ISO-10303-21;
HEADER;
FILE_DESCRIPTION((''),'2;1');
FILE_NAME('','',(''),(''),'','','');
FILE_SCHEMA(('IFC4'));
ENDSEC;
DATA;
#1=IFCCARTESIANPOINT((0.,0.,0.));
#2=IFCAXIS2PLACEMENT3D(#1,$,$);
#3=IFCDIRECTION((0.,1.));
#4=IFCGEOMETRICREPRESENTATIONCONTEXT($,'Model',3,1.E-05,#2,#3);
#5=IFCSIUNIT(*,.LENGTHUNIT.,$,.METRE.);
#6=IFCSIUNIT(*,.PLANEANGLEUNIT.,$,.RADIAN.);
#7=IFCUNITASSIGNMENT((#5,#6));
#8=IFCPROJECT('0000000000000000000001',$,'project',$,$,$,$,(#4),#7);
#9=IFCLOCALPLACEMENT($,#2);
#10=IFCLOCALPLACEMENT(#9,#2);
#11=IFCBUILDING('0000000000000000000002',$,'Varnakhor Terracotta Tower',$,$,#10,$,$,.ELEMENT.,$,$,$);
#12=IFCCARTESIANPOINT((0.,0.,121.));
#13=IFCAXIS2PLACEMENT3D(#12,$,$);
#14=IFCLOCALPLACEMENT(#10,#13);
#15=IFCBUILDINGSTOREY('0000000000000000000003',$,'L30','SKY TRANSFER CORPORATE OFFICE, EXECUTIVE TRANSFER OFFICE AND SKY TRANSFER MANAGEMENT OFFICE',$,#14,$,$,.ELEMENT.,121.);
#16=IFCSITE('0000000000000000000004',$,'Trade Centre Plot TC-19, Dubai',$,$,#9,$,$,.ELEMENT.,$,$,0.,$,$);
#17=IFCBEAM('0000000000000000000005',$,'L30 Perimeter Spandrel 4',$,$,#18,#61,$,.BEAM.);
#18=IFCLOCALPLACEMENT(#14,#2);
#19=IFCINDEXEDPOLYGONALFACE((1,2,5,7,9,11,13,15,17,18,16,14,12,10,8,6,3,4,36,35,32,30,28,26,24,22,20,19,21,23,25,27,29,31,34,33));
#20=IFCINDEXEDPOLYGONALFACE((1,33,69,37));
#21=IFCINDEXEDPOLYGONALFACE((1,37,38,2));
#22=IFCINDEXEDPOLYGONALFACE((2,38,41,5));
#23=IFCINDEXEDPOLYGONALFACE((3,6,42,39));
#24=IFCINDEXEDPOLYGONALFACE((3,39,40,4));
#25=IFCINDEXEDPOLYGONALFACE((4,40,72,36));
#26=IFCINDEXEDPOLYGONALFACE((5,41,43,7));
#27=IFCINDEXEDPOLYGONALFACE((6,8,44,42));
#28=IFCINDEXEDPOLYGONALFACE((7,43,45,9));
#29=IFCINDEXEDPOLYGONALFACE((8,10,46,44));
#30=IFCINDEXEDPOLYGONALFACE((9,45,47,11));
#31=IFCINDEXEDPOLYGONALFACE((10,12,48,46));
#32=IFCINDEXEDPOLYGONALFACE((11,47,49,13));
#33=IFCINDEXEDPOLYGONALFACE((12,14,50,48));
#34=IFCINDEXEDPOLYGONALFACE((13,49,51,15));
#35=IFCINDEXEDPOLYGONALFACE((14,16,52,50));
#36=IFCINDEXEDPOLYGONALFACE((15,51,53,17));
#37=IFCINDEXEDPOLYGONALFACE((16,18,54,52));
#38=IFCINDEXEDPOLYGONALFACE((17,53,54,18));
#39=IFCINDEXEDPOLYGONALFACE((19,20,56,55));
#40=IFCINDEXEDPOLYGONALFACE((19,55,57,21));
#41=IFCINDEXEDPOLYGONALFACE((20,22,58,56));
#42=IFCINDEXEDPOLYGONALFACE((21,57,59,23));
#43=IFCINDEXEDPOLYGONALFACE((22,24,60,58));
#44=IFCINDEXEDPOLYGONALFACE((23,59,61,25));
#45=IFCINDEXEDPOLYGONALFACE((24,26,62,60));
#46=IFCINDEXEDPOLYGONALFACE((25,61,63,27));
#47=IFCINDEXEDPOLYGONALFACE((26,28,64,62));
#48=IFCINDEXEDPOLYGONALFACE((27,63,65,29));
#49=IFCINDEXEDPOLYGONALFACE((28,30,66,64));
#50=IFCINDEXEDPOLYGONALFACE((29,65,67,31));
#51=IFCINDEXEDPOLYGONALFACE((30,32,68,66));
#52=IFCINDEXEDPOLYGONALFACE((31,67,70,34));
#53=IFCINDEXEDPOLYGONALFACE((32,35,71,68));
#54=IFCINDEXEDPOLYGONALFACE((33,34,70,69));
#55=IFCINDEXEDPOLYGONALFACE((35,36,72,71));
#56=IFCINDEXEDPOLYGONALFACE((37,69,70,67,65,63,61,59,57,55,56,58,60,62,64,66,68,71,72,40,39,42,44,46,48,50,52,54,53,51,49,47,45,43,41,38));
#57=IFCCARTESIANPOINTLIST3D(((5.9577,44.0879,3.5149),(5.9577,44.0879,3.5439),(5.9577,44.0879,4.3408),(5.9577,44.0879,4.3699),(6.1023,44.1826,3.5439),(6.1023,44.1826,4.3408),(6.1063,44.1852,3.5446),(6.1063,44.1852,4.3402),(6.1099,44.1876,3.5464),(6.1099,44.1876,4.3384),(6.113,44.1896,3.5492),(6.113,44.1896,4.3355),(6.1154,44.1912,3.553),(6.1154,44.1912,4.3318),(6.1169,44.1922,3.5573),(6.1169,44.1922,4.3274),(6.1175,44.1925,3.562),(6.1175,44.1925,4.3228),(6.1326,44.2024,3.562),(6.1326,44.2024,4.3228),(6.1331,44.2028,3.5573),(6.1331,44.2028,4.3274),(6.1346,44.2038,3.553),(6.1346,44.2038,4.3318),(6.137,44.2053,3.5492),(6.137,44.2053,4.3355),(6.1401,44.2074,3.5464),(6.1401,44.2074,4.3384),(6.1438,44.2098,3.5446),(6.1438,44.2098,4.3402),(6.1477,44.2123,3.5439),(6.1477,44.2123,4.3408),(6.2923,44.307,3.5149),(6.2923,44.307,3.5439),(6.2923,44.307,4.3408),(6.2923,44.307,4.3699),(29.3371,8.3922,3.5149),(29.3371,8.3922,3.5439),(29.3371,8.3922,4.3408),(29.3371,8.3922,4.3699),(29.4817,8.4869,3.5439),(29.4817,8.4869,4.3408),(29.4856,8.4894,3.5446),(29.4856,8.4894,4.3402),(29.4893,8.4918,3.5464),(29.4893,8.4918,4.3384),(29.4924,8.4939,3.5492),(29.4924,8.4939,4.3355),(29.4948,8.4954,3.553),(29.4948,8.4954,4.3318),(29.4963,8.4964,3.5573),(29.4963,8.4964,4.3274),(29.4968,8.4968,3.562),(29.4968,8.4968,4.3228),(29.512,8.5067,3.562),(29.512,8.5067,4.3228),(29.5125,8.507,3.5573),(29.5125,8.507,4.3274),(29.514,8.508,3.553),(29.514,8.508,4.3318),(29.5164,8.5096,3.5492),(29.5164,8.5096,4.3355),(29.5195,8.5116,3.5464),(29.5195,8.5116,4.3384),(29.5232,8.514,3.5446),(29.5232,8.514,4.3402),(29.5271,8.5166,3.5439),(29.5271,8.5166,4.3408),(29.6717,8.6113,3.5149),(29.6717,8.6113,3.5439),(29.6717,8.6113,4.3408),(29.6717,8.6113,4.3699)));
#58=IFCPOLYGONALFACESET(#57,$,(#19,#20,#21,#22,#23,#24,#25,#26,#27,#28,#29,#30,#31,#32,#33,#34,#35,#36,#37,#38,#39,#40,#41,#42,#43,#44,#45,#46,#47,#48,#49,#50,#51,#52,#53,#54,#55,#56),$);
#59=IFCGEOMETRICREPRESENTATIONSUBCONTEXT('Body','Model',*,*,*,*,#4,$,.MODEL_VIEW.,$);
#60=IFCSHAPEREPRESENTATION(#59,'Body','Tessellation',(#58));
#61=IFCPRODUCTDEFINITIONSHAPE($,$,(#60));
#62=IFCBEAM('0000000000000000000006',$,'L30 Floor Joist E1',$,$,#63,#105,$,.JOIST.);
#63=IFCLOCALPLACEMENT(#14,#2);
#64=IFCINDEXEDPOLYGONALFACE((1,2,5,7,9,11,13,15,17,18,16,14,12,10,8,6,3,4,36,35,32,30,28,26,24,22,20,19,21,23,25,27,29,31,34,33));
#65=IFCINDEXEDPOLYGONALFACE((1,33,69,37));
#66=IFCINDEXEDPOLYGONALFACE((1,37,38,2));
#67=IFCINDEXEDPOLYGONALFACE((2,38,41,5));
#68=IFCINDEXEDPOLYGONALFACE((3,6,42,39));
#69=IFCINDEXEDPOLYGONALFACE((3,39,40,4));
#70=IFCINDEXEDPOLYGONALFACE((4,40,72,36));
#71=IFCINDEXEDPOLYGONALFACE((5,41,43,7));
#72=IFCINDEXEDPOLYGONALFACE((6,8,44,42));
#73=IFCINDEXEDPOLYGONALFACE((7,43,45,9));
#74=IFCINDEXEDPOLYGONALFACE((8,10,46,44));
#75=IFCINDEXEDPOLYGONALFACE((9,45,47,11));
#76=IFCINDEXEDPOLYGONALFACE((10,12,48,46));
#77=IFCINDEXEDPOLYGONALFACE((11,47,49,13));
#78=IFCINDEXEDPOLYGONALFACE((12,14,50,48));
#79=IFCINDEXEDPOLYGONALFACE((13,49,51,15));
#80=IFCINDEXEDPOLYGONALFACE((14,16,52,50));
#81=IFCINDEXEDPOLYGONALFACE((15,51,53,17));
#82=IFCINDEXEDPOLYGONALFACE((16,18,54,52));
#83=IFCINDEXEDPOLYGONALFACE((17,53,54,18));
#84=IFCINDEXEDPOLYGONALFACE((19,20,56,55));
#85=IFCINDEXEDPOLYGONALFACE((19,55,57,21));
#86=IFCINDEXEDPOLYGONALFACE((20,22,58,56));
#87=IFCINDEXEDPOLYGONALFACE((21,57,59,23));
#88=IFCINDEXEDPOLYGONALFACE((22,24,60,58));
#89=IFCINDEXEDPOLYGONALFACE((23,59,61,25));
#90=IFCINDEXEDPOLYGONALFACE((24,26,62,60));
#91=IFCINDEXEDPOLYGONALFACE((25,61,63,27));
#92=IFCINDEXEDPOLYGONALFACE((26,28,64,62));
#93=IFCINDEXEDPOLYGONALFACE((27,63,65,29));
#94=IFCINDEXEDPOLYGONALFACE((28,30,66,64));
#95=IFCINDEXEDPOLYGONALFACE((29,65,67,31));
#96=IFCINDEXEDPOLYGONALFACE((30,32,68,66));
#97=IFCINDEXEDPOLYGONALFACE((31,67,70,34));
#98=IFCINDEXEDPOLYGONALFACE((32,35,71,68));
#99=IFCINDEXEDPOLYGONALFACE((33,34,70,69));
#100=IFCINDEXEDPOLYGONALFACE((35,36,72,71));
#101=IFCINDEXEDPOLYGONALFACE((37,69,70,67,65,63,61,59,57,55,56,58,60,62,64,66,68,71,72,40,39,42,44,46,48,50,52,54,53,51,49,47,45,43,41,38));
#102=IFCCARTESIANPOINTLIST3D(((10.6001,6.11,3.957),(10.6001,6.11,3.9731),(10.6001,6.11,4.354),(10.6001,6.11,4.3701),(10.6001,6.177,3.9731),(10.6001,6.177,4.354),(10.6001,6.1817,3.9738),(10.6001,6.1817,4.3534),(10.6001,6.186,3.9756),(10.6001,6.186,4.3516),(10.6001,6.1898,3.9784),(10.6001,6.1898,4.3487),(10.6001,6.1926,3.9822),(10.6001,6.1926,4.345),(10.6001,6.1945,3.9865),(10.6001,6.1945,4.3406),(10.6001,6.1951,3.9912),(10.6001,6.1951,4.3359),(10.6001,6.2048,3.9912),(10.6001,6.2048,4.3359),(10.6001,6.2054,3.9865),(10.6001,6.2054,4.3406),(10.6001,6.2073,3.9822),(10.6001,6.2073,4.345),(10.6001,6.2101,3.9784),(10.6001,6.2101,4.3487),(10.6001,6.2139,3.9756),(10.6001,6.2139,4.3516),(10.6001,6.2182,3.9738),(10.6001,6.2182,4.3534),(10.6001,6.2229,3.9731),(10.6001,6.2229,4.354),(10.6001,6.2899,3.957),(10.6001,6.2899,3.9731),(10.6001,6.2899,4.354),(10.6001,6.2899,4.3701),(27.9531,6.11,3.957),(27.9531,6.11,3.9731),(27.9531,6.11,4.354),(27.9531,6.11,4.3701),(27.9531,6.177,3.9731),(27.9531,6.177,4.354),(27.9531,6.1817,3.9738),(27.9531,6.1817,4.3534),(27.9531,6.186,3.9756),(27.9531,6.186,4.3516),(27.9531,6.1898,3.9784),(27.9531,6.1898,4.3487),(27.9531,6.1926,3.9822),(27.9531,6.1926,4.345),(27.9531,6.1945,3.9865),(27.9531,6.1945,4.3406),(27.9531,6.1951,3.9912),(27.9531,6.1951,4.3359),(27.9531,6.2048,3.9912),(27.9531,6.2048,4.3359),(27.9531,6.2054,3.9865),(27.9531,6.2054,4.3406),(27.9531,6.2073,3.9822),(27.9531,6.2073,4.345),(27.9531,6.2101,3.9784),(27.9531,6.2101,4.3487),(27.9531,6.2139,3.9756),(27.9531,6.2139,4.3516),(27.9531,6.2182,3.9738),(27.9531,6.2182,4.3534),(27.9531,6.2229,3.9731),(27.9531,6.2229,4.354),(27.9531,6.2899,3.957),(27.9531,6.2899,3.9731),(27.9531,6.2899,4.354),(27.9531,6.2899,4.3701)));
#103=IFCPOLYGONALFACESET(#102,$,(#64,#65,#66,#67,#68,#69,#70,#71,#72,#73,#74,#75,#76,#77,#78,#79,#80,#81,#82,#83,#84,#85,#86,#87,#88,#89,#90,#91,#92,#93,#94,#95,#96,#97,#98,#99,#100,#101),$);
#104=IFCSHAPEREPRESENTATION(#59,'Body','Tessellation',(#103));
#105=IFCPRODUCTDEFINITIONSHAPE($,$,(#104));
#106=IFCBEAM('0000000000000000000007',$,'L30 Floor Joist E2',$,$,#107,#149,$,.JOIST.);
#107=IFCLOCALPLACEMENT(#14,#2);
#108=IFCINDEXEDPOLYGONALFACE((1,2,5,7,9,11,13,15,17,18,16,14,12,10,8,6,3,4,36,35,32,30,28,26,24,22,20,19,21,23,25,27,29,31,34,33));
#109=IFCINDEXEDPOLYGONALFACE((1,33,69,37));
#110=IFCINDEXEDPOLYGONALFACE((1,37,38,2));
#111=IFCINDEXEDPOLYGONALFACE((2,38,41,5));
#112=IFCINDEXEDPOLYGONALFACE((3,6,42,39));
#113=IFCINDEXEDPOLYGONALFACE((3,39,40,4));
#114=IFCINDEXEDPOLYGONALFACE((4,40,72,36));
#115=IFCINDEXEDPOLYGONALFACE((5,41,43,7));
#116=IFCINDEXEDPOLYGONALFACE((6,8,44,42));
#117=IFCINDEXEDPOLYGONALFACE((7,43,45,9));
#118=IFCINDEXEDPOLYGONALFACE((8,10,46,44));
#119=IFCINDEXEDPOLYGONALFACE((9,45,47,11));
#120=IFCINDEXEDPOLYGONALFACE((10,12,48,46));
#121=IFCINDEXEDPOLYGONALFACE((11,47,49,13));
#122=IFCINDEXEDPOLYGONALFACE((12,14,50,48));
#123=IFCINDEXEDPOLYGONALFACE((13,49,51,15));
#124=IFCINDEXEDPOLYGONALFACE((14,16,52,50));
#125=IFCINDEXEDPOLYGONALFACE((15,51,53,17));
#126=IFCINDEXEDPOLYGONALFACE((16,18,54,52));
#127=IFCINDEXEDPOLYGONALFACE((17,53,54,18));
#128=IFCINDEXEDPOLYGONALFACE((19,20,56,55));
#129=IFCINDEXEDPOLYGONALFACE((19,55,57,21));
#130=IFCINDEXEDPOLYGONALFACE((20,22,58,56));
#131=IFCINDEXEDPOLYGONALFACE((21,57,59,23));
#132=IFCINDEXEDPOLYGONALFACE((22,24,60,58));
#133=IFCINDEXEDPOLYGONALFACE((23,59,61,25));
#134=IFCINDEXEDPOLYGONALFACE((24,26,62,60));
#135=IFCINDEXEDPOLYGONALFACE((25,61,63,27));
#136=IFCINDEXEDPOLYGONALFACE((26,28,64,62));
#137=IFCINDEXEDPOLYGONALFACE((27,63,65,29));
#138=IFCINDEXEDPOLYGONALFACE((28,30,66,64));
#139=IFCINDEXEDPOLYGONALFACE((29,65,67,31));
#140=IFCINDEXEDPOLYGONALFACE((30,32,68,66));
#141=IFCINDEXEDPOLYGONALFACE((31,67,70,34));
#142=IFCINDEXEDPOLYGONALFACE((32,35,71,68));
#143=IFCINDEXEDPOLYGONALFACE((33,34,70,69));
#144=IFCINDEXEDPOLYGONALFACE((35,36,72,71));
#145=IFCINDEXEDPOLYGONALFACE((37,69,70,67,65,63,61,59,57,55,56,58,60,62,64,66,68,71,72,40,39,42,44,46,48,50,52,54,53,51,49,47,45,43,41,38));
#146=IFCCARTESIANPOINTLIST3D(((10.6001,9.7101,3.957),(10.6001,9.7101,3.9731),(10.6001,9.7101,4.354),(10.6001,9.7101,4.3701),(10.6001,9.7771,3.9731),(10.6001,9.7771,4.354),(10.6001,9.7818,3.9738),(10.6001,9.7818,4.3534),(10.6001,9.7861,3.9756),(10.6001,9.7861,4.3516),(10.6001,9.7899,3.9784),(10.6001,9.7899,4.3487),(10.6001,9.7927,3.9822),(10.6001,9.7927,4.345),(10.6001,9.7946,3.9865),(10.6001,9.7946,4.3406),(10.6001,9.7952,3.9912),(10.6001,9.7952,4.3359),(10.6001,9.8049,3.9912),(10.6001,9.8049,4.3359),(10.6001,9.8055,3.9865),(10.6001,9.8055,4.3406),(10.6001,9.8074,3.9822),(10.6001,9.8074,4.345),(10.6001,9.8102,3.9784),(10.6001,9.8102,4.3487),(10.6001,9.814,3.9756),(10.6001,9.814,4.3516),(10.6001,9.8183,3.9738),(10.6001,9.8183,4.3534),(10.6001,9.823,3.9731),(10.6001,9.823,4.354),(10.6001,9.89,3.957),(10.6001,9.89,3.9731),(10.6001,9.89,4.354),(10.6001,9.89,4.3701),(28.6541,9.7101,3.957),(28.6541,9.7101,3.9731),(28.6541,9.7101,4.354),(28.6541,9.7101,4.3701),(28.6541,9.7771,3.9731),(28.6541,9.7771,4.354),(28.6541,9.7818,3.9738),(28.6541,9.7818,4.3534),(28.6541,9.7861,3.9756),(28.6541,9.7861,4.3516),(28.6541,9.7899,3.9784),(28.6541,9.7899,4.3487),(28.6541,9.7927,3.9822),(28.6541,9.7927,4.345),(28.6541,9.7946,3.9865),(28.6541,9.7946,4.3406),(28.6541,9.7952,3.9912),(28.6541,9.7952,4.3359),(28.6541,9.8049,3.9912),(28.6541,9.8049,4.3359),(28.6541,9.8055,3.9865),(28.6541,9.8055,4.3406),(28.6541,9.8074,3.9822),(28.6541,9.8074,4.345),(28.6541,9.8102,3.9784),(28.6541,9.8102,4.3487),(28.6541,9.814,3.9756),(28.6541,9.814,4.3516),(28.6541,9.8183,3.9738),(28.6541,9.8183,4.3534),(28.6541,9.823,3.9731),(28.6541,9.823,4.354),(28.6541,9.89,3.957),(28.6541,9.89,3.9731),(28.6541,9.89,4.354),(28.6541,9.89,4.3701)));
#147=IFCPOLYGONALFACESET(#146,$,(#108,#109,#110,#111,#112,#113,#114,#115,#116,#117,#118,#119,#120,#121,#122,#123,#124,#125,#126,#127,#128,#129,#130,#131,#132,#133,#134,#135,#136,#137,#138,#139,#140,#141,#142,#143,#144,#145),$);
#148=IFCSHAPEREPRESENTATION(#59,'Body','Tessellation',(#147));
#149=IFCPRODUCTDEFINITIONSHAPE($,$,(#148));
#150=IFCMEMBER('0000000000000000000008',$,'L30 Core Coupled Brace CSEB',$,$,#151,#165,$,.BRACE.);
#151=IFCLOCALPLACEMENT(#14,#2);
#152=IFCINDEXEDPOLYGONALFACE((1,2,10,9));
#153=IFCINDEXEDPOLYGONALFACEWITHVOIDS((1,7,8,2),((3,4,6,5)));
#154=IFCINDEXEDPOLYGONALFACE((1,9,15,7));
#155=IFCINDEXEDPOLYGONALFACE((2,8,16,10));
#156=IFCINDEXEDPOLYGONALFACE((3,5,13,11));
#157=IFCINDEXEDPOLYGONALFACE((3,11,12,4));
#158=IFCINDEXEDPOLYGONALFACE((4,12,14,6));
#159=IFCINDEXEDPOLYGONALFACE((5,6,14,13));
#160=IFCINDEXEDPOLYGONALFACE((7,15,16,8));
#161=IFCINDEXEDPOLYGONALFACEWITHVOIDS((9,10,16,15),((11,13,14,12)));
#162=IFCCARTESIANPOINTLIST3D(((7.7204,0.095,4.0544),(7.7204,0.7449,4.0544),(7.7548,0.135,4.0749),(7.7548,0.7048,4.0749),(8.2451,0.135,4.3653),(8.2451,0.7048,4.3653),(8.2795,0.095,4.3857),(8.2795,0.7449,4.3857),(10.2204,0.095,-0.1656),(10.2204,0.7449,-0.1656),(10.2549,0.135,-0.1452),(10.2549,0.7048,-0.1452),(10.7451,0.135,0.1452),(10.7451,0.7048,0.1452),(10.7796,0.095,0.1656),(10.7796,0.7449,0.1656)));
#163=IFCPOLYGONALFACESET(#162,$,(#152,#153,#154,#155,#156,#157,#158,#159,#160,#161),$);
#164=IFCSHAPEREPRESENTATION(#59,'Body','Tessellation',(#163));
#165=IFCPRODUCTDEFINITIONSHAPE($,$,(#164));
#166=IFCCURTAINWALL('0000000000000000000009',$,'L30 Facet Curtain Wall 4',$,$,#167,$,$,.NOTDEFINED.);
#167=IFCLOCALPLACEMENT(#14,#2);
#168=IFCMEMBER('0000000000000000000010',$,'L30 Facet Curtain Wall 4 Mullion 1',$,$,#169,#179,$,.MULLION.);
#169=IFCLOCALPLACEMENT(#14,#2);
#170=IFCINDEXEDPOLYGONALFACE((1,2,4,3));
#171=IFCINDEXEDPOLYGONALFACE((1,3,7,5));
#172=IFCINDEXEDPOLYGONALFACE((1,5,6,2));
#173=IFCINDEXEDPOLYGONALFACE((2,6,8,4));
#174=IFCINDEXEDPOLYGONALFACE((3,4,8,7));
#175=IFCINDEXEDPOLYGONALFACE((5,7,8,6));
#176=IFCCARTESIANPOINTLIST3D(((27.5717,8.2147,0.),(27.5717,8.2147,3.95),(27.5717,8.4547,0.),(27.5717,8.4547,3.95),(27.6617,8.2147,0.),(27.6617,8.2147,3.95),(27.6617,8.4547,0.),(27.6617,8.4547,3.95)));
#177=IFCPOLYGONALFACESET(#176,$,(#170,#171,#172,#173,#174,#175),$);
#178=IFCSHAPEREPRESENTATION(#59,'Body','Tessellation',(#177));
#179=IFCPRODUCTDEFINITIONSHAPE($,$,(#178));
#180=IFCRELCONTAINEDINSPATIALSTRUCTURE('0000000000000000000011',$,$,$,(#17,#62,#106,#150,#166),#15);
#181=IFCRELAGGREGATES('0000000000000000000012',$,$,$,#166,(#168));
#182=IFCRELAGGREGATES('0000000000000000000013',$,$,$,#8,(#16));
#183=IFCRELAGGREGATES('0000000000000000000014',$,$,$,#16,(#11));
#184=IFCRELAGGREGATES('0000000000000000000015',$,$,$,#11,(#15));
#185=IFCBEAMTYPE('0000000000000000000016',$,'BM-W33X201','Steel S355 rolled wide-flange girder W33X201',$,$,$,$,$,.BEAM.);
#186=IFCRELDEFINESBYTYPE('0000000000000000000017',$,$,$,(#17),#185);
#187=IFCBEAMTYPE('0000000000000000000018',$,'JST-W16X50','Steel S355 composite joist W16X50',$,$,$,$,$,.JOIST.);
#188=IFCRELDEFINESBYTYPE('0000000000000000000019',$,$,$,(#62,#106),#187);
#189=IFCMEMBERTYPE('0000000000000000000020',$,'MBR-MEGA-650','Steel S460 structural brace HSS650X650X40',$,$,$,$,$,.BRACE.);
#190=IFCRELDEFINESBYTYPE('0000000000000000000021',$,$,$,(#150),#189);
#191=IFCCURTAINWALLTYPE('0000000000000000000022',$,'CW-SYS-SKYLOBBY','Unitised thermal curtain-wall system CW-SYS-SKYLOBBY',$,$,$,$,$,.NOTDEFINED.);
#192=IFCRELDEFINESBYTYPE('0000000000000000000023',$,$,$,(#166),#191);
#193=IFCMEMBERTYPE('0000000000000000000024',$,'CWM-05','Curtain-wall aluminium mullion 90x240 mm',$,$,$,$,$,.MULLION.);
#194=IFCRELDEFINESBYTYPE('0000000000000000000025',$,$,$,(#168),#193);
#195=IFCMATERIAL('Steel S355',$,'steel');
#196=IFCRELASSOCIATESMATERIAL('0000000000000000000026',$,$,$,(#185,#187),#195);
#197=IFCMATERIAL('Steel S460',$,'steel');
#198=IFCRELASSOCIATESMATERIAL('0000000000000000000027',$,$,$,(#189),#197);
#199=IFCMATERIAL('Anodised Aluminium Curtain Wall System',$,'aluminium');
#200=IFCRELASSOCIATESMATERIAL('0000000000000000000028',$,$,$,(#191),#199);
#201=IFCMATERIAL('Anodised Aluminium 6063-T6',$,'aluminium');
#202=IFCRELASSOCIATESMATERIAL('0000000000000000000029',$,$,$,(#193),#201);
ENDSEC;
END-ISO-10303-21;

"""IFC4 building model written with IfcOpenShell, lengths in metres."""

from ifc_helpers import new_model, si_unit, direction, frame, origin, origin_2d, place, context, subcontext, project, spatial, rectangle, hollow_rectangle, i_section, extrude, source, transform, mapped, material, material_profile, profile_set, type_object, type_shapes, element, aggregate, save


model = new_model("IFC4")

# Units and contexts
model_context = context("Model", 3, precision=1e-05, world=origin(), true_north=direction((0.0, 1.0)))
body_context = subcontext(model_context, "Body", "Model", "MODEL_VIEW")
ifc_project = project(units=[si_unit("LENGTHUNIT", "METRE"), si_unit("PLANEANGLEUNIT", "RADIAN")], contexts=[model_context])

# Site, building, storey
site_placement = place(None, origin())
site = spatial("IfcSite", under=ifc_project, at=site_placement, Name="Trade Centre Plot TC-19, Dubai", CompositionType="ELEMENT", RefElevation=0.0)
building_placement = place(site_placement, origin())
building = spatial("IfcBuilding", under=site, at=building_placement, Name="Varnakhor Terracotta Tower", CompositionType="ELEMENT")
storey_placement = place(building_placement, frame((0.0, 0.0, 121.0)))
storey = spatial("IfcBuildingStorey", under=building, at=storey_placement, Name="L30", Description="SKY TRANSFER CORPORATE OFFICE, EXECUTIVE TRANSFER OFFICE AND SKY TRANSFER MANAGEMENT OFFICE", CompositionType="ELEMENT", Elevation=121.0)

# Shared definitions
ifc_material_1 = material(Name="Steel S460", Category="steel")

# Beams
ifc_material_2 = material(Name="Steel S355", Category="steel")
ifc_material_profile_1 = material_profile(ifc_material_2, i_section(OverallWidth=0.3999, OverallDepth=0.855, WebThickness=0.0181, FlangeThickness=0.0291, FilletRadius=0.0181, at=origin_2d()), Name="W33X201")
ifc_profile_set_1 = profile_set([ifc_material_profile_1], Name="Steel S355")
beam_type_1 = type_object("IfcBeamType", Name="BM-W33X201", Description="Steel S355 rolled wide-flange girder W33X201", PredefinedType="BEAM", material=ifc_profile_set_1)
shared_shape_1 = source(origin(), body_context, "Body", "SweptSolid", [
    extrude(i_section(OverallWidth=0.3999, OverallDepth=0.855, WebThickness=0.0181, FlangeThickness=0.0291, FilletRadius=0.0181, at=origin_2d()), origin(), (0.0, 0.0, 1.0), 42.6707),
])
beam_1_placement = place(storey_placement, frame((29.5044, 8.5017, 3.9424), z_axis=(-0.547903, 0.836542, 0.0), x_axis=(-0.836542, -0.547903, 0.0)))
element("IfcBeam", 1, at=beam_1_placement, inside=storey, type_object=beam_type_1, Name="L30 Perimeter Spandrel 4", PredefinedType="BEAM", context=body_context, shape_type="MappedRepresentation", body=[
    mapped(shared_shape_1, transform((0.0, 0.0, 0.0), scale=1.0)),
])
ifc_material_profile_2 = material_profile(ifc_material_2, i_section(OverallWidth=0.1799, OverallDepth=0.4131, WebThickness=0.0098, FlangeThickness=0.0161, FilletRadius=0.0181, at=origin_2d()), Name="W16X50")
ifc_profile_set_2 = profile_set([ifc_material_profile_2], Name="Steel S355")
beam_type_2 = type_object("IfcBeamType", Name="JST-W16X50", Description="Steel S355 composite joist W16X50", PredefinedType="JOIST", material=ifc_profile_set_2)
shared_shape_2 = source(origin(), body_context, "Body", "SweptSolid", [
    extrude(i_section(OverallWidth=0.1799, OverallDepth=0.4131, WebThickness=0.0098, FlangeThickness=0.0161, FilletRadius=0.0181, at=origin_2d()), origin(), (0.0, 0.0, 1.0), 17.353),
])
beam_2_placement = place(storey_placement, frame((10.6001, 6.2, 4.1636), z_axis=(1.0, 0.0, 0.0), x_axis=(0.0, 1.0, 0.0)))
element("IfcBeam", 2, at=beam_2_placement, inside=storey, type_object=beam_type_2, Name="L30 Floor Joist E1", PredefinedType="JOIST", context=body_context, shape_type="MappedRepresentation", body=[
    mapped(shared_shape_2, transform((0.0, 0.0, 0.0), scale=1.0)),
])
shared_shape_3 = source(origin(), body_context, "Body", "SweptSolid", [
    extrude(i_section(OverallWidth=0.1799, OverallDepth=0.4131, WebThickness=0.0098, FlangeThickness=0.0161, FilletRadius=0.0181, at=origin_2d()), origin(), (0.0, 0.0, 1.0), 18.054),
])
beam_3_placement = place(storey_placement, frame((10.6001, 9.8, 4.1636), z_axis=(1.0, 0.0, 0.0), x_axis=(0.0, 1.0, 0.0)))
element("IfcBeam", 3, at=beam_3_placement, inside=storey, type_object=beam_type_2, Name="L30 Floor Joist E2", PredefinedType="JOIST", context=body_context, shape_type="MappedRepresentation", body=[
    mapped(shared_shape_3, transform((0.0, 0.0, 0.0), scale=1.0)),
])

# Member
ifc_material_profile_3 = material_profile(ifc_material_1, hollow_rectangle(XDim=0.6499, YDim=0.6499, WallThickness=0.04, at=origin_2d()), Name="HSS650X650X40")
ifc_profile_set_3 = profile_set([ifc_material_profile_3], Name="Steel S460")
member_type_1 = type_object("IfcMemberType", Name="MBR-MEGA-650", Description="Steel S460 structural brace HSS650X650X40", PredefinedType="BRACE", material=ifc_profile_set_3)
shared_shape_4 = source(origin(), body_context, "Body", "SweptSolid", [
    extrude(hollow_rectangle(XDim=0.6499, YDim=0.6499, WallThickness=0.04, at=origin_2d()), origin(), (0.0, 0.0, 1.0), 4.905),
])
type_shapes(member_type_1, [shared_shape_4])
member_1_placement = place(storey_placement, frame((10.5, 0.4199, 0.0), z_axis=(-0.509693, 0.0, 0.860356), x_axis=(0.0, -1.0, 0.0)))
element("IfcMember", 4, at=member_1_placement, inside=storey, type_object=member_type_1, Name="L30 Core Coupled Brace CSEB", PredefinedType="BRACE", context=body_context, shape_type="MappedRepresentation", body=[
    mapped(shared_shape_4, transform((0.0, 0.0, 0.0), scale=1.0)),
])

# Curtain wall, member
ifc_material_3 = material(Name="Anodised Aluminium Curtain Wall System", Category="aluminium")
curtain_wall_type = type_object("IfcCurtainWallType", Name="CW-SYS-SKYLOBBY", Description="Unitised thermal curtain-wall system CW-SYS-SKYLOBBY", PredefinedType="NOTDEFINED", material=ifc_material_3)
curtain_wall_1_placement = place(storey_placement, origin())
curtain_wall_1 = element("IfcCurtainWall", 5, at=curtain_wall_1_placement, inside=storey, type_object=curtain_wall_type, Name="L30 Facet Curtain Wall 4", PredefinedType="NOTDEFINED")
ifc_material_4 = material(Name="Anodised Aluminium 6063-T6", Category="aluminium")
ifc_material_profile_4 = material_profile(ifc_material_4, rectangle(XDim=0.0901, YDim=0.24, at=origin_2d()), Name="ALU MULLION 90x240")
ifc_profile_set_4 = profile_set([ifc_material_profile_4], Name="Anodised Aluminium 6063-T6")
member_type_2 = type_object("IfcMemberType", Name="CWM-05", Description="Curtain-wall aluminium mullion 90x240 mm", PredefinedType="MULLION", material=ifc_profile_set_4)
shared_shape_5 = source(origin(), body_context, "Body", "SweptSolid", [
    extrude(rectangle(XDim=0.0901, YDim=0.24, at=origin_2d()), origin(), (0.0, 0.0, 1.0), 3.95),
])
type_shapes(member_type_2, [shared_shape_5])
member_2_placement = place(storey_placement, frame((27.6167, 8.3347, 0.0), z_axis=(0.0, 0.0, 1.0), x_axis=(1.0, 0.0, 0.0)))
member_2 = element("IfcMember", 6, at=member_2_placement, type_object=member_type_2, Name="L30 Facet Curtain Wall 4 Mullion 1", PredefinedType="MULLION", context=body_context, shape_type="MappedRepresentation", body=[
    mapped(shared_shape_5, transform((0.0, 0.0, 0.0), scale=1.0)),
])

aggregate(curtain_wall_1, [member_2])

save(model, "model.ifc")
